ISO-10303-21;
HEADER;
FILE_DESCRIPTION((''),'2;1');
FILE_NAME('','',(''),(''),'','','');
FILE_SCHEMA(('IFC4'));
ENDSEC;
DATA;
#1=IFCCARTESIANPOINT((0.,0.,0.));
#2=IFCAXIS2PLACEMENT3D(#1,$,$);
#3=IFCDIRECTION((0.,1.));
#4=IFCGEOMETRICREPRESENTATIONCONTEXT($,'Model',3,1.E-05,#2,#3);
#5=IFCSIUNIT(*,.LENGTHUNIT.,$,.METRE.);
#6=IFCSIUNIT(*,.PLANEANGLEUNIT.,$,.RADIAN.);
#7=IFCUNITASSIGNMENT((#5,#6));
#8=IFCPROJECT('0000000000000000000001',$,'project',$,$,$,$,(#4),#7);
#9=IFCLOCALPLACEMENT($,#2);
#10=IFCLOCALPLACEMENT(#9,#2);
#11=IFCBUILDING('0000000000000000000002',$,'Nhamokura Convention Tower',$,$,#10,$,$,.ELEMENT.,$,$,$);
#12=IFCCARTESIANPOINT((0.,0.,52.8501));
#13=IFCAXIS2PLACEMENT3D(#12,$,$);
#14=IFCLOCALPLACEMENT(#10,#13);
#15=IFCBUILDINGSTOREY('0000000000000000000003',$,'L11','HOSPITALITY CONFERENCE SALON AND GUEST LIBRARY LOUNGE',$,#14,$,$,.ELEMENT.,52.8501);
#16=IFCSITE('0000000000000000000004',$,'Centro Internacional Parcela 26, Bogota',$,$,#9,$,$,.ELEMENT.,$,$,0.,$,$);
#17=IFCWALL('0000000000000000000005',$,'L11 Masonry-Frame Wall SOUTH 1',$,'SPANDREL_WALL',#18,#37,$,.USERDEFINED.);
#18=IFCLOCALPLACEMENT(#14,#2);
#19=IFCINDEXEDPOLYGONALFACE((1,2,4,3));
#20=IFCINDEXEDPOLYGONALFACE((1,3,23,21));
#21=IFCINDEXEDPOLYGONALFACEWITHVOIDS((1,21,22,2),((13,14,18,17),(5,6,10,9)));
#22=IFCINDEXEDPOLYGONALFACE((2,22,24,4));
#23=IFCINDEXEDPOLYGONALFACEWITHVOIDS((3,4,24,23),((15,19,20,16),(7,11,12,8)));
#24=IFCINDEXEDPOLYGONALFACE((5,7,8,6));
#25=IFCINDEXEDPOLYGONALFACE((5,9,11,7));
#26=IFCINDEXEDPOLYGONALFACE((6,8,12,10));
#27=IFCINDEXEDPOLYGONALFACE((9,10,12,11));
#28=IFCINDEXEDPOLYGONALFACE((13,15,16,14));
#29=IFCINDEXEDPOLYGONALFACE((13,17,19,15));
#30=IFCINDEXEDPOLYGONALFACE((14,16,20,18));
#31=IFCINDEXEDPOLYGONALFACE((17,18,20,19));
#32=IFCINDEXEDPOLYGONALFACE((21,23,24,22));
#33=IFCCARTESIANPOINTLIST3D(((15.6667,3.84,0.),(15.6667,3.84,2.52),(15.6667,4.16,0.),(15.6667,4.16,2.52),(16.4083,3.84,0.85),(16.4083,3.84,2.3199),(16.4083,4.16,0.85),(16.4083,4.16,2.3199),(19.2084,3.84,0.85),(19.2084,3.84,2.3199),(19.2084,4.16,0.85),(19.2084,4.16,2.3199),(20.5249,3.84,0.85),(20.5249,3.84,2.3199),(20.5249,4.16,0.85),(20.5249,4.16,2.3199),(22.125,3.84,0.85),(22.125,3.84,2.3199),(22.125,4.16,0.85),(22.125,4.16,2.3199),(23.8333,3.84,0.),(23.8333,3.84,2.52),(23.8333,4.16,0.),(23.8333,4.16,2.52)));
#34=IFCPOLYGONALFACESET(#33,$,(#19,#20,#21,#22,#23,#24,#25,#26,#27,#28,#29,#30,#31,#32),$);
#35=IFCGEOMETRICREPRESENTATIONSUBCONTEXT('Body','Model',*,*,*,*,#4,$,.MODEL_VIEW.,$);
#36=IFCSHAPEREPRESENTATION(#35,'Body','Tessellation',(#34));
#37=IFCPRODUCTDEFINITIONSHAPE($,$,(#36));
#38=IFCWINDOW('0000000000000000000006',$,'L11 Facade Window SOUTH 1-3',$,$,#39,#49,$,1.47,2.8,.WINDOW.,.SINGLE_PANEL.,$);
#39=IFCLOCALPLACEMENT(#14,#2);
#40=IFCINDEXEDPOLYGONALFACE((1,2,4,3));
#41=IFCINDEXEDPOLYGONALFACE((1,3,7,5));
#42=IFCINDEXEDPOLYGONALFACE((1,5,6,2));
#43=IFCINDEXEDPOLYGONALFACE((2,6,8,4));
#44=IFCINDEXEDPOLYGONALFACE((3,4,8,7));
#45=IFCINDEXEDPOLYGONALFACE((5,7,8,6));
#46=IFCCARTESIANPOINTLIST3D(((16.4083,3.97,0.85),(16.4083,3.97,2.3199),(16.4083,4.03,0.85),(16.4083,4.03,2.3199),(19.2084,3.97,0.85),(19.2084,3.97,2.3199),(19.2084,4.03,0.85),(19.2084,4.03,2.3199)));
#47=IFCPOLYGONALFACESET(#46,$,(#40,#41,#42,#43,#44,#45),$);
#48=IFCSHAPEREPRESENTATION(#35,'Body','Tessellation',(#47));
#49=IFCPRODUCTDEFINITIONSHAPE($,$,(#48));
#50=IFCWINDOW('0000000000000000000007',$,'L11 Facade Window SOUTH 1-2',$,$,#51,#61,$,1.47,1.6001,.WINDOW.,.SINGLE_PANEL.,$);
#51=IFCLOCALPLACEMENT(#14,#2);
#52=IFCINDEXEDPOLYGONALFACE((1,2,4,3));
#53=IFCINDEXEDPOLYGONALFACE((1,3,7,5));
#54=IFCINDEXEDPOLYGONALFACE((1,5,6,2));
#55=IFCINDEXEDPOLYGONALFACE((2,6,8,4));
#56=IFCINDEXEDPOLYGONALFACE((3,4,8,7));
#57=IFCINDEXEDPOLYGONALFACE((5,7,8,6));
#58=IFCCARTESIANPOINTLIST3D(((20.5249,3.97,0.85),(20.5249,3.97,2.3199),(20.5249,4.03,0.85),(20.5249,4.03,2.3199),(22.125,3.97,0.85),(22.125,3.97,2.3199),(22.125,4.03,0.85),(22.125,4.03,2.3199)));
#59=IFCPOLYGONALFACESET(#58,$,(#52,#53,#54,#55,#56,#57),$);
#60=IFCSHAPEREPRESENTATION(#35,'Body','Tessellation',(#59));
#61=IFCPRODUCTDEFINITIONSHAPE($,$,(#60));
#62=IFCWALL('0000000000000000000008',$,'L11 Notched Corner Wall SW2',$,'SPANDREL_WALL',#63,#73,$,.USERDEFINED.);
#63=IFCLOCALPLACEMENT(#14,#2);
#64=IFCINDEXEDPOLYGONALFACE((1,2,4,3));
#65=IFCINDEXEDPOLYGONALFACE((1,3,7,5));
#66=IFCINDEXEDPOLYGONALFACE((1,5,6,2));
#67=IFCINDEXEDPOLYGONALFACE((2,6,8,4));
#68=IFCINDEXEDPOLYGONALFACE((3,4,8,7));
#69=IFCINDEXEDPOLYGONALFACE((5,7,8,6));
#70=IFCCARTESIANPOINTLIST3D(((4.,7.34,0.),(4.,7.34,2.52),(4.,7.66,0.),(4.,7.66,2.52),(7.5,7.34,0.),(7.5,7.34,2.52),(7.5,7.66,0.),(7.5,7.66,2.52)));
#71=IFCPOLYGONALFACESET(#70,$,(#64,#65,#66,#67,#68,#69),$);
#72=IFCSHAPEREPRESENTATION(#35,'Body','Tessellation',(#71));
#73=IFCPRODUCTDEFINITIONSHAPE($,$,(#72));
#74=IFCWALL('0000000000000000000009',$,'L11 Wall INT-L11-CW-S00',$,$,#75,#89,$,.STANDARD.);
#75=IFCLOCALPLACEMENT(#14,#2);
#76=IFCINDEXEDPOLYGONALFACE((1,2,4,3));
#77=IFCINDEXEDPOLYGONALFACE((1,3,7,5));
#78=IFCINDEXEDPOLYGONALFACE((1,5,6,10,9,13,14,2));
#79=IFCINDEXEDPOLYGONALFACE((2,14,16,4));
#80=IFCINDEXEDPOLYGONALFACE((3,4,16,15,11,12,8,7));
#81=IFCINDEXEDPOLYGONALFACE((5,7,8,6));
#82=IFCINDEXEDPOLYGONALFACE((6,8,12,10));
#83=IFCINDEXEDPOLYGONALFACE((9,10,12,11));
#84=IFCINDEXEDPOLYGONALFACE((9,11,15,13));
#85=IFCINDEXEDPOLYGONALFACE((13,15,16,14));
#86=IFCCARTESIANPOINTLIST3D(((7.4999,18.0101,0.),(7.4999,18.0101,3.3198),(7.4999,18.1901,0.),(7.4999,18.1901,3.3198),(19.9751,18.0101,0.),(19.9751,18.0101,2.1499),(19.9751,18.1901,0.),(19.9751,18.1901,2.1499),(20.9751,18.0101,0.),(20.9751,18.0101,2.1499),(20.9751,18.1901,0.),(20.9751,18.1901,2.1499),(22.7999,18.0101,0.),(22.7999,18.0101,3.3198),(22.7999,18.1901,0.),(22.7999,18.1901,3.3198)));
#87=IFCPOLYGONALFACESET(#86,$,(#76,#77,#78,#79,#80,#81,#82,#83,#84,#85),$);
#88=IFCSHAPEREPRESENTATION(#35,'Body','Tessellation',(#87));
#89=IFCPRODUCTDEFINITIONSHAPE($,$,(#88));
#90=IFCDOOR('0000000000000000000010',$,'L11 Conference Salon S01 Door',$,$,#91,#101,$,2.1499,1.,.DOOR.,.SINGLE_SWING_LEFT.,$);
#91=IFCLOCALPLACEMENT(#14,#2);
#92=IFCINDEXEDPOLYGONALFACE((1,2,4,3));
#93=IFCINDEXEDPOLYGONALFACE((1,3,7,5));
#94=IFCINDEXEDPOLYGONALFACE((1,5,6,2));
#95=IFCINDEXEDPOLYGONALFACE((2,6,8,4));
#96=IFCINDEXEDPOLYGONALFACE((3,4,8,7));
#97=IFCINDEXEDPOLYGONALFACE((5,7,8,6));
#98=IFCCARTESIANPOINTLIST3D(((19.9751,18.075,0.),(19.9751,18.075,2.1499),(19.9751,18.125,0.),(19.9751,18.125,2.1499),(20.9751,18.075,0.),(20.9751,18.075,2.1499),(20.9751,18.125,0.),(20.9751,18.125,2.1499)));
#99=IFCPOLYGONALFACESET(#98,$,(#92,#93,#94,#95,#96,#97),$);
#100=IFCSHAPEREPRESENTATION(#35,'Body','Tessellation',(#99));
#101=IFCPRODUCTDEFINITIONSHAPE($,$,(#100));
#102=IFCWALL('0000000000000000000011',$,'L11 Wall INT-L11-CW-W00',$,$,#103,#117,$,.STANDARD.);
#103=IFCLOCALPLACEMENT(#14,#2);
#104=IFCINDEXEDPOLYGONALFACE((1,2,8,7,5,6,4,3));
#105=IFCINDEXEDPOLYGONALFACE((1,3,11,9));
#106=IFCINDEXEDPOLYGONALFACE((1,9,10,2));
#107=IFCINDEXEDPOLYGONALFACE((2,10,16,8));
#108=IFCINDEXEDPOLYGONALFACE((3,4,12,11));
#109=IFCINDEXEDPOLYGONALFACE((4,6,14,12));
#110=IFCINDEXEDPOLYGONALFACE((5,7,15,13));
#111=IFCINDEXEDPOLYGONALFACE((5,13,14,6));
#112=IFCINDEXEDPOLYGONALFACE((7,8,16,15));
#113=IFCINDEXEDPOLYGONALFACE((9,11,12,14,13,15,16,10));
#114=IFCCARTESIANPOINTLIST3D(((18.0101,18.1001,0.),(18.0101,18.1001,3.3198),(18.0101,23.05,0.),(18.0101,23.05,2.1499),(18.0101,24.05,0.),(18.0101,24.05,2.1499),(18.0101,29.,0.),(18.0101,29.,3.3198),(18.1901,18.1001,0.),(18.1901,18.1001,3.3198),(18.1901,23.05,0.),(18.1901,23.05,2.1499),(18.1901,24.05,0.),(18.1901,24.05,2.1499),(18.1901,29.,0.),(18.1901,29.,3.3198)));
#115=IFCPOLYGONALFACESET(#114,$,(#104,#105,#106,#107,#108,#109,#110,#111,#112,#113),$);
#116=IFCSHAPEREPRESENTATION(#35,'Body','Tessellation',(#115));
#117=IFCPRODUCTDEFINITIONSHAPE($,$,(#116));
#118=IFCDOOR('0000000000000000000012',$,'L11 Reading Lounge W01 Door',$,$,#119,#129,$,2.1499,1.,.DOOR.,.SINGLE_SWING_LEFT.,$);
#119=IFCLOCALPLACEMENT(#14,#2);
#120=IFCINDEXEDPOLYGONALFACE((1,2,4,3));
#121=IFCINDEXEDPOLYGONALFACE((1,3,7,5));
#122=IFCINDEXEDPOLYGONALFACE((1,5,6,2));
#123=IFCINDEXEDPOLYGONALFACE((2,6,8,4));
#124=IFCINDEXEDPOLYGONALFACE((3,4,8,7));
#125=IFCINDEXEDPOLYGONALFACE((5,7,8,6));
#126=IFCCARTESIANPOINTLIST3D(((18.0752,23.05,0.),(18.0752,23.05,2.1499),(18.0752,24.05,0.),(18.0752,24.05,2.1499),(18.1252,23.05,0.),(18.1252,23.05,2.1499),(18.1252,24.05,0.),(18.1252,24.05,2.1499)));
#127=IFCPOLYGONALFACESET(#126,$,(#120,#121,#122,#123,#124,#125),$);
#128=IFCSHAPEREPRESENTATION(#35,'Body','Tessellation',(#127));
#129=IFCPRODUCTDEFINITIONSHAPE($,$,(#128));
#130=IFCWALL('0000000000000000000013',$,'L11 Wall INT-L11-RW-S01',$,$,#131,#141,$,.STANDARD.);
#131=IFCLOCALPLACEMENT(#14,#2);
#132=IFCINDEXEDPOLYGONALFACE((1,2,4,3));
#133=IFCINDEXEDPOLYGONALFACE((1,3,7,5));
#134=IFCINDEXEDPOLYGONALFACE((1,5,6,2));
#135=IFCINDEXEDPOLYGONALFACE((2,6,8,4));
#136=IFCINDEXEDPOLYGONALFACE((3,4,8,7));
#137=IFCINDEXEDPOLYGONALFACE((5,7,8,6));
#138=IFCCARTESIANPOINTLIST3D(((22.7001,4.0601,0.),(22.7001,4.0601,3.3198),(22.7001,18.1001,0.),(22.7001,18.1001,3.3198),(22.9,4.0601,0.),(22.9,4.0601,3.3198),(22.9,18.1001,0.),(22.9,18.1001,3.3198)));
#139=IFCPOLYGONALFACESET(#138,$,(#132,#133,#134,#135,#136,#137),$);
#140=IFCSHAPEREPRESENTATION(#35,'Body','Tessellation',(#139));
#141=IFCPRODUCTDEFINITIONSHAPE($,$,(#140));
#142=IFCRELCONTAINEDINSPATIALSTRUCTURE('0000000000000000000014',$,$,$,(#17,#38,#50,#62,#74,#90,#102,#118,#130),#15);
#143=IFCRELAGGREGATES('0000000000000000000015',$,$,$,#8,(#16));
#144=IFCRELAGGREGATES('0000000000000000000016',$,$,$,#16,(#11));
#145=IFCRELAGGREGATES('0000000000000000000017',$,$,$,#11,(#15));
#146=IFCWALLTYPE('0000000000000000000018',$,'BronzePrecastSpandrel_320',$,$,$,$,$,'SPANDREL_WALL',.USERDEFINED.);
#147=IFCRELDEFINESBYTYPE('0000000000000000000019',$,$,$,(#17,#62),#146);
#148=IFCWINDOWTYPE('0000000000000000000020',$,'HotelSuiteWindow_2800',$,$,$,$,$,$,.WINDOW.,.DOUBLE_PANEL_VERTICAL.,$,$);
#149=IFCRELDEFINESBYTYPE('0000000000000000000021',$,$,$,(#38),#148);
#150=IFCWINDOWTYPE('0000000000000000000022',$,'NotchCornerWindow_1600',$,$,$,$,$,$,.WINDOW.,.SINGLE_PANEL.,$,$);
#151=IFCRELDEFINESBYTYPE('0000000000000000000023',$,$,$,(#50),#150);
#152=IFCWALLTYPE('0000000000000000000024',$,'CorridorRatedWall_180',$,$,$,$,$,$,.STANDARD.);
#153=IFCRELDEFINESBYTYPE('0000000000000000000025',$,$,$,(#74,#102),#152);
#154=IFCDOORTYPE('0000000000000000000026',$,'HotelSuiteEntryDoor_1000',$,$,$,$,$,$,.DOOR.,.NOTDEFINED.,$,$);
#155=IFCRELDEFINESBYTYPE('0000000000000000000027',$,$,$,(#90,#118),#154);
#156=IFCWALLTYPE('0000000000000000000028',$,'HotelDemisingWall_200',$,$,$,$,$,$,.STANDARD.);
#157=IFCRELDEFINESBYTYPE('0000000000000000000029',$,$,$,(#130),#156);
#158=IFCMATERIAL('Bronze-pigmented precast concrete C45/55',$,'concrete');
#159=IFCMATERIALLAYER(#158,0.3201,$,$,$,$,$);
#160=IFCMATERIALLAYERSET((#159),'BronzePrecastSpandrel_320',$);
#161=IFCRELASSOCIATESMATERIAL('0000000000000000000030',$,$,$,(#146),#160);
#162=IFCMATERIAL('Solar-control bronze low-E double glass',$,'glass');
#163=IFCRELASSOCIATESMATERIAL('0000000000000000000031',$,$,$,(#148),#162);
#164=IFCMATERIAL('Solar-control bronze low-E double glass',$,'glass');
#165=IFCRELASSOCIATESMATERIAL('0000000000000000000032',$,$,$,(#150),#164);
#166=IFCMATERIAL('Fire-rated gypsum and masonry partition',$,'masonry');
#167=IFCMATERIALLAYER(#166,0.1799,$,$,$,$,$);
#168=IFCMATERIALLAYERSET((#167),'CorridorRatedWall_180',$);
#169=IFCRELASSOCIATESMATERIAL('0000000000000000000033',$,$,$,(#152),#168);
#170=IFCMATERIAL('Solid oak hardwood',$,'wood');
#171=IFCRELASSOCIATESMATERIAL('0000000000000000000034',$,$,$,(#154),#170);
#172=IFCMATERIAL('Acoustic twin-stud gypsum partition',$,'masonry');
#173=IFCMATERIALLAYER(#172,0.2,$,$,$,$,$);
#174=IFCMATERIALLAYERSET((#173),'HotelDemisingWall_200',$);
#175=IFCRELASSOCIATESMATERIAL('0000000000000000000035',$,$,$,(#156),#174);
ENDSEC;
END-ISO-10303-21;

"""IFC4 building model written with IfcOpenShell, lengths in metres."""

from ifc_helpers import new_model, si_unit, direction, frame, frame_2d, origin, place, context, subcontext, project, spatial, rectangle, extrude, material, layer, layer_set, type_object, element, fill, save


model = new_model("IFC4")

# Units and contexts
model_context = context("Model", 3, precision=1e-05, world=origin(), true_north=direction((0.0, 1.0)))
body_context = subcontext(model_context, "Body", "Model", "MODEL_VIEW")
ifc_project = project(units=[si_unit("LENGTHUNIT", "METRE"), si_unit("PLANEANGLEUNIT", "RADIAN")], contexts=[model_context])

# Site, building, storey
site_placement = place(None, origin())
site = spatial("IfcSite", under=ifc_project, at=site_placement, Name="Centro Internacional Parcela 26, Bogota", CompositionType="ELEMENT", RefElevation=0.0)
building_placement = place(site_placement, origin())
building = spatial("IfcBuilding", under=site, at=building_placement, Name="Nhamokura Convention Tower", CompositionType="ELEMENT")
storey_placement = place(building_placement, frame((0.0, 0.0, 52.8501)))
storey = spatial("IfcBuildingStorey", under=building, at=storey_placement, Name="L11", Description="HOSPITALITY CONFERENCE SALON AND GUEST LIBRARY LOUNGE", CompositionType="ELEMENT", Elevation=52.8501)

# Shared definitions
ifc_material_1 = material(Name="Bronze-pigmented precast concrete C45/55", Category="concrete")
ifc_layer_1 = layer(ifc_material_1, 0.3201)
ifc_layer_set_1 = layer_set([ifc_layer_1], Name="BronzePrecastSpandrel_320")
wall_type_1 = type_object("IfcWallType", Name="BronzePrecastSpandrel_320", ElementType="SPANDREL_WALL", PredefinedType="USERDEFINED", material=ifc_layer_set_1)

# Wall, openings, windows
wall_1_placement = place(storey_placement, frame((23.8333, 4.0, 0.0), z_axis=(0.0, 0.0, 1.0), x_axis=(-1.0, 0.0, 0.0)))
wall_1 = element("IfcWall", 1, at=wall_1_placement, inside=storey, type_object=wall_type_1, Name="L11 Masonry-Frame Wall SOUTH 1", ObjectType="SPANDREL_WALL", PredefinedType="USERDEFINED", context=body_context, shape_type="SweptSolid", body=[
    extrude(rectangle(XDim=8.1665, YDim=0.3201, at=frame_2d((4.0833, 0.0))), origin(), (0.0, 0.0, 1.0), 2.52),
])
opening_1_placement = place(wall_1_placement, frame((1.7083, 0.0, 0.8501)))
opening_1 = element("IfcOpeningElement", 2, at=opening_1_placement, cuts=wall_1, PredefinedType="OPENING", context=body_context, shape_type="SweptSolid", body=[
    extrude(rectangle(XDim=1.6001, YDim=1.47, at=frame_2d((0.8, 0.7349))), frame((0.0, 0.1699, 0.0), z_axis=(0.0, -1.0, 0.0), x_axis=(1.0, 0.0, 0.0)), (0.0, 0.0, 1.0), 0.3401),
])
opening_2_placement = place(wall_1_placement, frame((4.625, 0.0, 0.8501)))
opening_2 = element("IfcOpeningElement", 3, at=opening_2_placement, cuts=wall_1, PredefinedType="OPENING", context=body_context, shape_type="SweptSolid", body=[
    extrude(rectangle(XDim=2.8, YDim=1.47, at=frame_2d((1.3999, 0.7349))), frame((0.0, 0.1699, 0.0), z_axis=(0.0, -1.0, 0.0), x_axis=(1.0, 0.0, 0.0)), (0.0, 0.0, 1.0), 0.3401),
])
ifc_material_2 = material(Name="Solar-control bronze low-E double glass", Category="glass")
window_type_1 = type_object("IfcWindowType", Name="HotelSuiteWindow_2800", PartitioningType="DOUBLE_PANEL_VERTICAL", PredefinedType="WINDOW", material=ifc_material_2)
window_1_placement = place(opening_2_placement, origin())
window_1 = element("IfcWindow", 4, at=window_1_placement, inside=storey, type_object=window_type_1, Name="L11 Facade Window SOUTH 1-3", OverallHeight=1.47, OverallWidth=2.8, PartitioningType="SINGLE_PANEL", PredefinedType="WINDOW", context=body_context, shape_type="SweptSolid", body=[
    extrude(rectangle(XDim=2.8, YDim=1.47, at=frame_2d((1.3999, 0.7349))), frame((0.0, 0.03, 0.0), z_axis=(0.0, -1.0, 0.0), x_axis=(1.0, 0.0, 0.0)), (0.0, 0.0, 1.0), 0.0601),
])
fill(opening_2, window_1)
ifc_material_3 = material(Name="Solar-control bronze low-E double glass", Category="glass")
window_type_2 = type_object("IfcWindowType", Name="NotchCornerWindow_1600", PartitioningType="SINGLE_PANEL", PredefinedType="WINDOW", material=ifc_material_3)
window_2_placement = place(opening_1_placement, origin())
window_2 = element("IfcWindow", 5, at=window_2_placement, inside=storey, type_object=window_type_2, Name="L11 Facade Window SOUTH 1-2", OverallHeight=1.47, OverallWidth=1.6001, PartitioningType="SINGLE_PANEL", PredefinedType="WINDOW", context=body_context, shape_type="SweptSolid", body=[
    extrude(rectangle(XDim=1.6001, YDim=1.47, at=frame_2d((0.8, 0.7349))), frame((0.0, 0.03, 0.0), z_axis=(0.0, -1.0, 0.0), x_axis=(1.0, 0.0, 0.0)), (0.0, 0.0, 1.0), 0.0601),
])
fill(opening_1, window_2)

# Wall
wall_2_placement = place(storey_placement, frame((7.5, 7.5, 0.0), z_axis=(0.0, 0.0, 1.0), x_axis=(-1.0, 0.0, 0.0)))
element("IfcWall", 6, at=wall_2_placement, inside=storey, type_object=wall_type_1, Name="L11 Notched Corner Wall SW2", ObjectType="SPANDREL_WALL", PredefinedType="USERDEFINED", context=body_context, shape_type="SweptSolid", body=[
    extrude(rectangle(XDim=3.5, YDim=0.3201, at=frame_2d((1.75, 0.0))), origin(), (0.0, 0.0, 1.0), 2.52),
])

# Walls, openings, doors
ifc_material_4 = material(Name="Fire-rated gypsum and masonry partition", Category="masonry")
ifc_layer_2 = layer(ifc_material_4, 0.1799)
ifc_layer_set_2 = layer_set([ifc_layer_2], Name="CorridorRatedWall_180")
wall_type_2 = type_object("IfcWallType", Name="CorridorRatedWall_180", PredefinedType="STANDARD", material=ifc_layer_set_2)
wall_3_placement = place(storey_placement, frame((7.5, 18.1001, 0.0), z_axis=(0.0, 0.0, 1.0), x_axis=(1.0, 0.0, 0.0)))
wall_3 = element("IfcWall", 7, at=wall_3_placement, inside=storey, type_object=wall_type_2, Name="L11 Wall INT-L11-CW-S00", PredefinedType="STANDARD", context=body_context, shape_type="SweptSolid", body=[
    extrude(rectangle(XDim=15.3, YDim=0.1799, at=frame_2d((7.6499, 0.0))), origin(), (0.0, 0.0, 1.0), 3.3198),
])
opening_3_placement = place(wall_3_placement, frame((12.4751, 0.0, 0.0)))
opening_3 = element("IfcOpeningElement", 8, at=opening_3_placement, cuts=wall_3, PredefinedType="OPENING", context=body_context, shape_type="SweptSolid", body=[
    extrude(rectangle(XDim=1.0, YDim=2.1499, at=frame_2d((0.5, 1.075))), frame((0.0, 0.0999, 0.0), z_axis=(0.0, -1.0, 0.0), x_axis=(1.0, 0.0, 0.0)), (0.0, 0.0, 1.0), 0.2),
])
ifc_material_5 = material(Name="Solid oak hardwood", Category="wood")
door_type = type_object("IfcDoorType", Name="HotelSuiteEntryDoor_1000", OperationType="NOTDEFINED", PredefinedType="DOOR", material=ifc_material_5)
door_1_placement = place(opening_3_placement, origin())
door_1 = element("IfcDoor", 9, at=door_1_placement, inside=storey, type_object=door_type, Name="L11 Conference Salon S01 Door", OperationType="SINGLE_SWING_LEFT", OverallHeight=2.1499, OverallWidth=1.0, PredefinedType="DOOR", context=body_context, shape_type="SweptSolid", body=[
    extrude(rectangle(XDim=1.0, YDim=2.1499, at=frame_2d((0.5, 1.075))), frame((0.0, 0.0249, 0.0), z_axis=(0.0, -1.0, 0.0), x_axis=(1.0, 0.0, 0.0)), (0.0, 0.0, 1.0), 0.05),
])
fill(opening_3, door_1)
wall_4_placement = place(storey_placement, frame((18.1001, 18.1001, 0.0), z_axis=(0.0, 0.0, 1.0), x_axis=(0.0, 1.0, 0.0)))
wall_4 = element("IfcWall", 10, at=wall_4_placement, inside=storey, type_object=wall_type_2, Name="L11 Wall INT-L11-CW-W00", PredefinedType="STANDARD", context=body_context, shape_type="SweptSolid", body=[
    extrude(rectangle(XDim=10.8999, YDim=0.1799, at=frame_2d((5.45, 0.0))), origin(), (0.0, 0.0, 1.0), 3.3198),
])
opening_4_placement = place(wall_4_placement, frame((4.95, 0.0, 0.0)))
opening_4 = element("IfcOpeningElement", 11, at=opening_4_placement, cuts=wall_4, PredefinedType="OPENING", context=body_context, shape_type="SweptSolid", body=[
    extrude(rectangle(XDim=1.0, YDim=2.1499, at=frame_2d((0.5, 1.075))), frame((0.0, 0.0999, 0.0), z_axis=(0.0, -1.0, 0.0), x_axis=(1.0, 0.0, 0.0)), (0.0, 0.0, 1.0), 0.2),
])
door_2_placement = place(opening_4_placement, origin())
door_2 = element("IfcDoor", 12, at=door_2_placement, inside=storey, type_object=door_type, Name="L11 Reading Lounge W01 Door", OperationType="SINGLE_SWING_LEFT", OverallHeight=2.1499, OverallWidth=1.0, PredefinedType="DOOR", context=body_context, shape_type="SweptSolid", body=[
    extrude(rectangle(XDim=1.0, YDim=2.1499, at=frame_2d((0.5, 1.075))), frame((0.0, 0.0249, 0.0), z_axis=(0.0, -1.0, 0.0), x_axis=(1.0, 0.0, 0.0)), (0.0, 0.0, 1.0), 0.05),
])
fill(opening_4, door_2)

# Wall
ifc_material_6 = material(Name="Acoustic twin-stud gypsum partition", Category="masonry")
ifc_layer_3 = layer(ifc_material_6, 0.2)
ifc_layer_set_3 = layer_set([ifc_layer_3], Name="HotelDemisingWall_200")
wall_type_3 = type_object("IfcWallType", Name="HotelDemisingWall_200", PredefinedType="STANDARD", material=ifc_layer_set_3)
wall_5_placement = place(storey_placement, frame((22.8, 4.0601, 0.0), z_axis=(0.0, 0.0, 1.0), x_axis=(0.0, 1.0, 0.0)))
element("IfcWall", 13, at=wall_5_placement, inside=storey, type_object=wall_type_3, Name="L11 Wall INT-L11-RW-S01", PredefinedType="STANDARD", context=body_context, shape_type="SweptSolid", body=[
    extrude(rectangle(XDim=14.04, YDim=0.2, at=frame_2d((7.02, 0.0))), origin(), (0.0, 0.0, 1.0), 3.3198),
])

save(model, "model.ifc")
